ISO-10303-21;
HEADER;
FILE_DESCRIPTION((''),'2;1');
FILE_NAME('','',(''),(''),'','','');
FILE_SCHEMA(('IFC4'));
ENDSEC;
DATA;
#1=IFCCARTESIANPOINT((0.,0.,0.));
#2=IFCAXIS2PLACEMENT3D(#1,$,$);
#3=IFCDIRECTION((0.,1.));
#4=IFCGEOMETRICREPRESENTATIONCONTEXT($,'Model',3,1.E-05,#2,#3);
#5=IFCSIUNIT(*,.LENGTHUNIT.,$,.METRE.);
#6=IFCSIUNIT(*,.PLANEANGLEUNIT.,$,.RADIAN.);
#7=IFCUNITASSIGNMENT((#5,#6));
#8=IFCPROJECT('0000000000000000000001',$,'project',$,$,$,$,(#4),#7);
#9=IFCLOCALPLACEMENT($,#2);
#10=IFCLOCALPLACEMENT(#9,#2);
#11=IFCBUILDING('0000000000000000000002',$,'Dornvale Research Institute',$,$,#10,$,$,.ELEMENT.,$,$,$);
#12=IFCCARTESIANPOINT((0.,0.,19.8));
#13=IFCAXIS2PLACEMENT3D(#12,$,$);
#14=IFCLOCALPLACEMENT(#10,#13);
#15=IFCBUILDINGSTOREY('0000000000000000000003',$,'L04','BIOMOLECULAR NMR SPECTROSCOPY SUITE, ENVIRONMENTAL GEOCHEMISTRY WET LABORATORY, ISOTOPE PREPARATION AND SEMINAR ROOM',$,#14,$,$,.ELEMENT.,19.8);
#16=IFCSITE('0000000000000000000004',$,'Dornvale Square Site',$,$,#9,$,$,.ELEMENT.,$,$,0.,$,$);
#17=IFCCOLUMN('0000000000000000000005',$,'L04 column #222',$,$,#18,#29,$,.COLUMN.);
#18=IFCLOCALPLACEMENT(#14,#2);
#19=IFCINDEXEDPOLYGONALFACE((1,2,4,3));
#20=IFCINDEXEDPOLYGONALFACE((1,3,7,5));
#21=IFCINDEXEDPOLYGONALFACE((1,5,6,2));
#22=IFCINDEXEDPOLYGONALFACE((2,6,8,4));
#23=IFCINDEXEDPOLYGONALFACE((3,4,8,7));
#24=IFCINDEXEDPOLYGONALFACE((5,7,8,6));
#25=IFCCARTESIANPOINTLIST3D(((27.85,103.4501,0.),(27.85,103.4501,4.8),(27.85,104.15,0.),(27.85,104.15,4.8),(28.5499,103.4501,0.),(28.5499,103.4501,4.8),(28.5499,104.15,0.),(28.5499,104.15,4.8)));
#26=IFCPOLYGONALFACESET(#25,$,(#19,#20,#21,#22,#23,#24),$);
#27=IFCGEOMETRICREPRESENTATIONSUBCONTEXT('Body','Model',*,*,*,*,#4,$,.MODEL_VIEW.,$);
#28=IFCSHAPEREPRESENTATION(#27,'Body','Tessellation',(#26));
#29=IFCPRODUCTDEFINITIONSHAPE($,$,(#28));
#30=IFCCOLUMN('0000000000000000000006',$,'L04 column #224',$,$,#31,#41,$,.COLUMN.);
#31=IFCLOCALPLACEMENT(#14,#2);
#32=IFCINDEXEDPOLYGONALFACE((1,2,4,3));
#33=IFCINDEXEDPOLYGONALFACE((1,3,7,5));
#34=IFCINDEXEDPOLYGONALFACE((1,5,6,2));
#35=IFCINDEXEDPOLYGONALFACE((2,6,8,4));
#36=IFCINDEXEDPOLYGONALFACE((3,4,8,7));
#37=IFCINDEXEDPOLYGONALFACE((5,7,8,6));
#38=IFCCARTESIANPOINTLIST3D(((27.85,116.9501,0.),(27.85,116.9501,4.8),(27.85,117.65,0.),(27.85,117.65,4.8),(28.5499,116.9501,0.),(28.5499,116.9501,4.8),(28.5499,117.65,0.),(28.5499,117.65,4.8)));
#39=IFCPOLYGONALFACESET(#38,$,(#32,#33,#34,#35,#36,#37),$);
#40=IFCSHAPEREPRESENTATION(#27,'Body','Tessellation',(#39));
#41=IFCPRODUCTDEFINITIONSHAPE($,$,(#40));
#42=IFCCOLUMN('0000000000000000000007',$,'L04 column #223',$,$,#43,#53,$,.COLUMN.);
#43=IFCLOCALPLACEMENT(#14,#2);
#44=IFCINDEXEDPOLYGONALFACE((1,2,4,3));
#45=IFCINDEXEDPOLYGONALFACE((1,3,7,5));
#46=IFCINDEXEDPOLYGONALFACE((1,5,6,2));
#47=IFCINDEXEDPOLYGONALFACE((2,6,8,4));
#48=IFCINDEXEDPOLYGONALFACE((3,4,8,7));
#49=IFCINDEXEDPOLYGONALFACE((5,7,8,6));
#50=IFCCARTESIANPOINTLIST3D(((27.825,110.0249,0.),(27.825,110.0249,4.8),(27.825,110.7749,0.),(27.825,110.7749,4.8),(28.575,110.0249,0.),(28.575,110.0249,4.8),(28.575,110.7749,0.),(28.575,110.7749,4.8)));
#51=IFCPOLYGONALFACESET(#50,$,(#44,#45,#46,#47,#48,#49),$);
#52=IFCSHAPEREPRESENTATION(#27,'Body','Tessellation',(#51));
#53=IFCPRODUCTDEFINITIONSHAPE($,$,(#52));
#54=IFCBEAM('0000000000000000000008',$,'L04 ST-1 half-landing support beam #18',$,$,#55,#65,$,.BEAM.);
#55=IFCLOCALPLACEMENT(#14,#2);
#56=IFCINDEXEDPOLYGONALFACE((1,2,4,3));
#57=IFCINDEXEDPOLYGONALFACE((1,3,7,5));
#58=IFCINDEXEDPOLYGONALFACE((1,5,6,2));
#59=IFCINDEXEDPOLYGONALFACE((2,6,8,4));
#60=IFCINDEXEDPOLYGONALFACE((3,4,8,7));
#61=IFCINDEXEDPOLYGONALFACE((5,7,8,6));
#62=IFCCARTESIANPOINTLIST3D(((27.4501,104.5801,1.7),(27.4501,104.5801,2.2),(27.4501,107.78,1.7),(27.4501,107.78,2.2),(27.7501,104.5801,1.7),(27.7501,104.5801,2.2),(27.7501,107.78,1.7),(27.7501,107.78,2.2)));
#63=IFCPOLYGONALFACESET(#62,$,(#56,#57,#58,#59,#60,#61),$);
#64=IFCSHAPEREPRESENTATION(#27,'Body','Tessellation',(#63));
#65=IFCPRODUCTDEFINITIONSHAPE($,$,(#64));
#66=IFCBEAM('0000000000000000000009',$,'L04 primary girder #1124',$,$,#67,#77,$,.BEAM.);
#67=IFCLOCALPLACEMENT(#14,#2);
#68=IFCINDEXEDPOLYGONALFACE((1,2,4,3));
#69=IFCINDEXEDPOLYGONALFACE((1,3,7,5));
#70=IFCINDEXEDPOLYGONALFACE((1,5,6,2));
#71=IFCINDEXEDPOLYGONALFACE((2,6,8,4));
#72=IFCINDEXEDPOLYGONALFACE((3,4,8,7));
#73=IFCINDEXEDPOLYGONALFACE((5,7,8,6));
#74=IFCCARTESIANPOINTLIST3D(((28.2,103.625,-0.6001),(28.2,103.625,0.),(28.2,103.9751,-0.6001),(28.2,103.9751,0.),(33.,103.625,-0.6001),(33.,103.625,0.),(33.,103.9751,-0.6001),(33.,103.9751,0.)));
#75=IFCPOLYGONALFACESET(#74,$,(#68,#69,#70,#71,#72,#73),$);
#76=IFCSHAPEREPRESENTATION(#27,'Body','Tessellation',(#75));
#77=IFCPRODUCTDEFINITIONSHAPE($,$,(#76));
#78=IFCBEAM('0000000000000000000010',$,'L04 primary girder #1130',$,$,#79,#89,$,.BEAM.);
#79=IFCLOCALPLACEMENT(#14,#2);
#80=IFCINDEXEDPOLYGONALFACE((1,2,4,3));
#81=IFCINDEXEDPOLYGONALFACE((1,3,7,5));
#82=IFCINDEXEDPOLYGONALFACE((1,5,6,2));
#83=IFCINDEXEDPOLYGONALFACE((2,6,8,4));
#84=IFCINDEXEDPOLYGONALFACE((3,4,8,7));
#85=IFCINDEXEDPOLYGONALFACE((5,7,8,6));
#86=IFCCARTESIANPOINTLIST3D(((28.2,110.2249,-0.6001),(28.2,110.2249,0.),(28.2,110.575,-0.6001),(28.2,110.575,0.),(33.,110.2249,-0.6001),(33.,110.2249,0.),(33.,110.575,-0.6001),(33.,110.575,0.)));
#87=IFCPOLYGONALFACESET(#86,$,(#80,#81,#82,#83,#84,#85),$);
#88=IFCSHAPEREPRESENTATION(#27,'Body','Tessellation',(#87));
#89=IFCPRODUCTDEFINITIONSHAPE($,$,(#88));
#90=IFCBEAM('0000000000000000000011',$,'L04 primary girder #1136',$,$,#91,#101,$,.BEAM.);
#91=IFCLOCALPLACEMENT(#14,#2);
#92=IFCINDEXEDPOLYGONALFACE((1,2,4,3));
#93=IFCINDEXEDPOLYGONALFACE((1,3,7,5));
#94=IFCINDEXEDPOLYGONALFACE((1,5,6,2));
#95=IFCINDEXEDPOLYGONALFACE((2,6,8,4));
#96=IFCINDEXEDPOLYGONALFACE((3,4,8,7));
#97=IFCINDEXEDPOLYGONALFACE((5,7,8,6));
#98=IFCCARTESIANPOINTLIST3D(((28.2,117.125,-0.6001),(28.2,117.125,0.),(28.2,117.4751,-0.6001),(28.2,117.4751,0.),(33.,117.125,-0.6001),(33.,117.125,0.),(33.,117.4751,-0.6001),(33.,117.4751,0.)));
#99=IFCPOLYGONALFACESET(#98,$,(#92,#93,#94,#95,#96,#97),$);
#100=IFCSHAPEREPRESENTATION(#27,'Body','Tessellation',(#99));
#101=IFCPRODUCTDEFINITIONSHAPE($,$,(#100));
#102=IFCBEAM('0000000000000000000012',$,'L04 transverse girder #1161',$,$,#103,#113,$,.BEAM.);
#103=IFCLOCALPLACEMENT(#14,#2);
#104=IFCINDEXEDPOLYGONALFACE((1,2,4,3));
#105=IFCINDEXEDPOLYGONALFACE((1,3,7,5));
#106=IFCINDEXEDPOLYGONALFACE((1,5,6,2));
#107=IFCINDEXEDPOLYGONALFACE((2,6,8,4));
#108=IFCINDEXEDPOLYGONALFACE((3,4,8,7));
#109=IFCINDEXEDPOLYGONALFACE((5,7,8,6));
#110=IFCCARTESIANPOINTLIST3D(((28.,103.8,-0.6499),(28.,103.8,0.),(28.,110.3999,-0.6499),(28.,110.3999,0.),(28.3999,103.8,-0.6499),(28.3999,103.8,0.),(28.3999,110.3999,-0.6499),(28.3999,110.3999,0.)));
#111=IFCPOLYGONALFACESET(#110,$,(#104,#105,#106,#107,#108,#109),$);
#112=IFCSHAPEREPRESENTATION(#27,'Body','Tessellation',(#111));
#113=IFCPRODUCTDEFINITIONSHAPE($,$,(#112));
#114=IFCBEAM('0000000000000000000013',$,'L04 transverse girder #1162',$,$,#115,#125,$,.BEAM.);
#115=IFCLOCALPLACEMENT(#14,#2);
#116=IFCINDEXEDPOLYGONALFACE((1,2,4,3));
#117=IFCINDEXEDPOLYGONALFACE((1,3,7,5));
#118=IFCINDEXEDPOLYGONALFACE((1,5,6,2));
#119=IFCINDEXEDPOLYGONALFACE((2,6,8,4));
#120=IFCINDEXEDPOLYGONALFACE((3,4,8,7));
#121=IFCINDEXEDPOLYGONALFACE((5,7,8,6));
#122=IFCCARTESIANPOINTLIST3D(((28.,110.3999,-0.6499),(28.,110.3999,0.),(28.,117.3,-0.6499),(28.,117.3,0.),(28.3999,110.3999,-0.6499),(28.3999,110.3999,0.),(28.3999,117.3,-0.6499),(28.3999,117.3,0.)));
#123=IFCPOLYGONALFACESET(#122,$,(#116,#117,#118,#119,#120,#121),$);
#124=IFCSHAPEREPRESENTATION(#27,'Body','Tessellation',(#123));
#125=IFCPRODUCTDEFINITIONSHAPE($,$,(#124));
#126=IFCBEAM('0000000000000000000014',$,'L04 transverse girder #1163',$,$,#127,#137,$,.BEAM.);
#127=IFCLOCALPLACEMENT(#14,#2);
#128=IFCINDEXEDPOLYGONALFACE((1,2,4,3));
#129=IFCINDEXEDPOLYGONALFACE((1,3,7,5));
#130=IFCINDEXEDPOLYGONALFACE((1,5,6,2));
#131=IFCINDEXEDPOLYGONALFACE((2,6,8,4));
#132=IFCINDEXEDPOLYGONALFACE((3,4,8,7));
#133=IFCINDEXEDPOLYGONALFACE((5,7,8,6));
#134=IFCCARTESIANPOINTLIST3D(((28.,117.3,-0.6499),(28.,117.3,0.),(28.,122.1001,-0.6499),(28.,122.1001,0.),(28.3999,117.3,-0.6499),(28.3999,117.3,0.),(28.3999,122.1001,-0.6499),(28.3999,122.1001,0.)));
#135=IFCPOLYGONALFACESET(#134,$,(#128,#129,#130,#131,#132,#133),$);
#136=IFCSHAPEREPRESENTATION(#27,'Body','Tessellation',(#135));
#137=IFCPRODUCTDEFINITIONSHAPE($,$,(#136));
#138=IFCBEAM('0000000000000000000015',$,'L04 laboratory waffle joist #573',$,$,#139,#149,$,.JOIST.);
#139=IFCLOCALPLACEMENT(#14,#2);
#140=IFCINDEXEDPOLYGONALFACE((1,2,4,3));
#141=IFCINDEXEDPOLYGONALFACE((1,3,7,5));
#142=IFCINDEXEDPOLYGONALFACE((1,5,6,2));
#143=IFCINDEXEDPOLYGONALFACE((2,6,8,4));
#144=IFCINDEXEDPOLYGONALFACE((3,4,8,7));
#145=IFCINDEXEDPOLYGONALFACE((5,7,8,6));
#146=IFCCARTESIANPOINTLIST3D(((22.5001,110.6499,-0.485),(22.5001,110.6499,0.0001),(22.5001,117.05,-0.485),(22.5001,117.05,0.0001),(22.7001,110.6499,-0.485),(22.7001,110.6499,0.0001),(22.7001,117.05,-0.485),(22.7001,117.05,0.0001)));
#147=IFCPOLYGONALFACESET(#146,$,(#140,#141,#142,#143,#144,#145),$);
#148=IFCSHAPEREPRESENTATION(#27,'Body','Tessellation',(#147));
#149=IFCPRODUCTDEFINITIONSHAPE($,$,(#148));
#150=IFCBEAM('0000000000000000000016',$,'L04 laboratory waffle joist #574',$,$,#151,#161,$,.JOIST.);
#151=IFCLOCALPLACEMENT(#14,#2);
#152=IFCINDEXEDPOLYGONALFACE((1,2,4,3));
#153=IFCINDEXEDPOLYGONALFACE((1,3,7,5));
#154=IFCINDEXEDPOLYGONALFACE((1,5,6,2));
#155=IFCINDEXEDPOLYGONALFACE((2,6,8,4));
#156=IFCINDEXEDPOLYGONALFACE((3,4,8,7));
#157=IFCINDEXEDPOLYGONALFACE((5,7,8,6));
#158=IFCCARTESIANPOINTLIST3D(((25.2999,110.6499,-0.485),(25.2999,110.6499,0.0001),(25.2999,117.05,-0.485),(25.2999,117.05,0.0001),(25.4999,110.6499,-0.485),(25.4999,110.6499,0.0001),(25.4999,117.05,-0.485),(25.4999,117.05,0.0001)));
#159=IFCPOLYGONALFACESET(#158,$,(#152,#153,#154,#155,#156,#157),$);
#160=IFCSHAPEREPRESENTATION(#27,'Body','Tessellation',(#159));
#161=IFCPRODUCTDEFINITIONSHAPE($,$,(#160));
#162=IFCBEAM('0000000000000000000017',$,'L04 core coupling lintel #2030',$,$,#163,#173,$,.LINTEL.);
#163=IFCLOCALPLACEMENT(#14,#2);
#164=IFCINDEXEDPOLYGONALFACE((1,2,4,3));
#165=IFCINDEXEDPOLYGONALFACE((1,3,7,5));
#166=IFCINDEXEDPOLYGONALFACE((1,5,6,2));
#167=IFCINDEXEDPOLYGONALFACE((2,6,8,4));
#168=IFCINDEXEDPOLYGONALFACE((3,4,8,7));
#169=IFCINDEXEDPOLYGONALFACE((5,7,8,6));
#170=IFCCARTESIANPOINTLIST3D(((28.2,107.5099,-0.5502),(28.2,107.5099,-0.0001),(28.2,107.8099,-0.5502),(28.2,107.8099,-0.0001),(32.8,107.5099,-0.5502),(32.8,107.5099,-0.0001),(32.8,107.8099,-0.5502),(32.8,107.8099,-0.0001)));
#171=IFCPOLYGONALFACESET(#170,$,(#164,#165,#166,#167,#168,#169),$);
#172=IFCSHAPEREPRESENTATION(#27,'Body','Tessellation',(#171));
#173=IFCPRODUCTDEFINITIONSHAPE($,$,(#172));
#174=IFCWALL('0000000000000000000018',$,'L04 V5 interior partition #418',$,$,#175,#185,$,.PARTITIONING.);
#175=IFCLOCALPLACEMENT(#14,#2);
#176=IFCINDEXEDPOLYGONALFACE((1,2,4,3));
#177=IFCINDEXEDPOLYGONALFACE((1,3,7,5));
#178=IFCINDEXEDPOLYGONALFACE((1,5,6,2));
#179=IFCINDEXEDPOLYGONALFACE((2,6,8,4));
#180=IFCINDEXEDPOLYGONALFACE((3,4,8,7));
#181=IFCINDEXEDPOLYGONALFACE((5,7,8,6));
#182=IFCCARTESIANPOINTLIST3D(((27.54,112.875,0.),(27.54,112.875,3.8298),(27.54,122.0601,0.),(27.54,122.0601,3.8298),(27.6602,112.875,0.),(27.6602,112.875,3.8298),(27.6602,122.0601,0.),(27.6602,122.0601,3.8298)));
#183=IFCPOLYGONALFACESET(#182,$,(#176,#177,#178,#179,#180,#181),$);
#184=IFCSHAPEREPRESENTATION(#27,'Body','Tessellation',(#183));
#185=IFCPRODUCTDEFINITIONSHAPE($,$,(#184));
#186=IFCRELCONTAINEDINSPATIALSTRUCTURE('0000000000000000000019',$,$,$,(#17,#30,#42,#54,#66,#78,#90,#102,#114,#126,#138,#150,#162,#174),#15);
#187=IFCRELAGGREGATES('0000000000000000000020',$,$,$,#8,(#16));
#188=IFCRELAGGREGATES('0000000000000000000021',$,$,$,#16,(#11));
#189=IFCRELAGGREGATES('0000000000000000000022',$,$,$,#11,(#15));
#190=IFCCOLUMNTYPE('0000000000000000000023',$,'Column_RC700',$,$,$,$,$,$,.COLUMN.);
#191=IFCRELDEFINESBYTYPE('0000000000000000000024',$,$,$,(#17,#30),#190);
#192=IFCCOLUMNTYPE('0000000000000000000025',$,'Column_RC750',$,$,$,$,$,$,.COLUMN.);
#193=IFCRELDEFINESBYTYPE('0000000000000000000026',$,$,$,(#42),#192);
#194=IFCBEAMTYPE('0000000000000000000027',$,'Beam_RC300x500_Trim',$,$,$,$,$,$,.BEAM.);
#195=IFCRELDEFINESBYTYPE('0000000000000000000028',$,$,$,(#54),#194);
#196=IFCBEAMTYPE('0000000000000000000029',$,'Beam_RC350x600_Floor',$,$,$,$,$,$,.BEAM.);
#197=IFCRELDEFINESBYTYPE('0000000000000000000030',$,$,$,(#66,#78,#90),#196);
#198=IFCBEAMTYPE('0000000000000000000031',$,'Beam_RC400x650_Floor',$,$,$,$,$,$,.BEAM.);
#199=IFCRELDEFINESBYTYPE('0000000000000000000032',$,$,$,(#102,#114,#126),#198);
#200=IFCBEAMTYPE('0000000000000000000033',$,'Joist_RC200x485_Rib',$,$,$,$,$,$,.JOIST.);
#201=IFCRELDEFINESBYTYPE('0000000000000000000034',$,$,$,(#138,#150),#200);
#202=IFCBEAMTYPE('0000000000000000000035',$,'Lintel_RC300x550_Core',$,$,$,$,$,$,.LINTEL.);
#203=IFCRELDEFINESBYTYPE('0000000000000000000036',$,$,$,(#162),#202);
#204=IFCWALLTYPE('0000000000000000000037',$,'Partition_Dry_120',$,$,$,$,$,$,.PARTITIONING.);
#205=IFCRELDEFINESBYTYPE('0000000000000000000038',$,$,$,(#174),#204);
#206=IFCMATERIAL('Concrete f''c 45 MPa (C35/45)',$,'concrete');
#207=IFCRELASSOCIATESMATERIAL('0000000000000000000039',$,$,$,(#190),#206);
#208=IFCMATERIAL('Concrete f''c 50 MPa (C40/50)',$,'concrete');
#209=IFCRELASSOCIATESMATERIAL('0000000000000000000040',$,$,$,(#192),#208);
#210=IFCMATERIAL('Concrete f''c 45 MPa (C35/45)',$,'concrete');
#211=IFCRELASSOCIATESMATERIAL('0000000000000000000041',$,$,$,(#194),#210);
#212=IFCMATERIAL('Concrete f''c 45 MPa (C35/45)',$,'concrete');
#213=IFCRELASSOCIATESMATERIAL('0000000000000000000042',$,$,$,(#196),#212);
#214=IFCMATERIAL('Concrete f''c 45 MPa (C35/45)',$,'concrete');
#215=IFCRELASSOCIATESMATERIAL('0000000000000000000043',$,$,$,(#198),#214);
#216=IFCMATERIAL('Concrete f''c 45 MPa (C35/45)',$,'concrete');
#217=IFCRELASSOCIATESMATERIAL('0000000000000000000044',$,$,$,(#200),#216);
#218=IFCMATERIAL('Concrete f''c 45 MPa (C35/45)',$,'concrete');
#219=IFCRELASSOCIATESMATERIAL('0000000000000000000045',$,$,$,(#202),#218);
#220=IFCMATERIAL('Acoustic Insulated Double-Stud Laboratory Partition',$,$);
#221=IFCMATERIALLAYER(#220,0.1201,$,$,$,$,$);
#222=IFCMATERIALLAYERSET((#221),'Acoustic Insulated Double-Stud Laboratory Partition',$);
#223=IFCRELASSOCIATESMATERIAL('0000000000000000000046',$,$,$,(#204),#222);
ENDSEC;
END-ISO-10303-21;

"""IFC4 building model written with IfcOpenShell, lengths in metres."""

from ifc_helpers import new_model, si_unit, direction, frame, frame_2d, origin, origin_2d, place, context, subcontext, project, spatial, rectangle, extrude, material, layer, layer_set, material_profile, profile_set, type_object, element, save


model = new_model("IFC4")

# Units and contexts
model_context = context("Model", 3, precision=1e-05, world=origin(), true_north=direction((0.0, 1.0)))
body_context = subcontext(model_context, "Body", "Model", "MODEL_VIEW")
ifc_project = project(units=[si_unit("LENGTHUNIT", "METRE"), si_unit("PLANEANGLEUNIT", "RADIAN")], contexts=[model_context])

# Site, building, storey
site_placement = place(None, origin())
site = spatial("IfcSite", under=ifc_project, at=site_placement, Name="Dornvale Square Site", CompositionType="ELEMENT", RefElevation=0.0)
building_placement = place(site_placement, origin())
building = spatial("IfcBuilding", under=site, at=building_placement, Name="Dornvale Research Institute", CompositionType="ELEMENT")
storey_placement = place(building_placement, frame((0.0, 0.0, 19.8)))
storey = spatial("IfcBuildingStorey", under=building, at=storey_placement, Name="L04", Description="BIOMOLECULAR NMR SPECTROSCOPY SUITE, ENVIRONMENTAL GEOCHEMISTRY WET LABORATORY, ISOTOPE PREPARATION AND SEMINAR ROOM", CompositionType="ELEMENT", Elevation=19.8)

# Columns
ifc_material_1 = material(Name="Concrete f'c 45 MPa (C35/45)", Category="concrete")
ifc_material_profile_1 = material_profile(ifc_material_1, rectangle(XDim=0.7, YDim=0.7, at=origin_2d()), Name="RC 700x700")
ifc_profile_set_1 = profile_set([ifc_material_profile_1], Name="Concrete f'c 45 MPa (C35/45)")
column_type_1 = type_object("IfcColumnType", Name="Column_RC700", PredefinedType="COLUMN", material=ifc_profile_set_1)
for number, where, z_axis, x_axis, name in (
    (1, (28.2, 103.8, 0.0), (0.0, 0.0, 1.0), (1.0, 0.0, 0.0), "L04 column #222"),
    (2, (28.2, 117.3, 0.0), (0.0, 0.0, 1.0), (1.0, 0.0, 0.0), "L04 column #224"),
):
    element("IfcColumn", number, at=place(storey_placement, frame(where, z_axis=z_axis, x_axis=x_axis)), inside=storey, type_object=column_type_1, Name=name, PredefinedType="COLUMN", context=body_context, shape_type="SweptSolid", body=[
        extrude(rectangle(XDim=0.7, YDim=0.7, at=origin_2d()), origin(), (0.0, 0.0, 1.0), 4.8),
    ])
ifc_material_2 = material(Name="Concrete f'c 50 MPa (C40/50)", Category="concrete")
ifc_material_profile_2 = material_profile(ifc_material_2, rectangle(XDim=0.75, YDim=0.75, at=origin_2d()), Name="RC 750x750")
ifc_profile_set_2 = profile_set([ifc_material_profile_2], Name="Concrete f'c 50 MPa (C40/50)")
column_type_2 = type_object("IfcColumnType", Name="Column_RC750", PredefinedType="COLUMN", material=ifc_profile_set_2)
column_placement = place(storey_placement, frame((28.2, 110.3999, 0.0), z_axis=(0.0, 0.0, 1.0), x_axis=(1.0, 0.0, 0.0)))
element("IfcColumn", 3, at=column_placement, inside=storey, type_object=column_type_2, Name="L04 column #223", PredefinedType="COLUMN", context=body_context, shape_type="SweptSolid", body=[
    extrude(rectangle(XDim=0.75, YDim=0.75, at=origin_2d()), origin(), (0.0, 0.0, 1.0), 4.8),
])

# Beams
ifc_material_3 = material(Name="Concrete f'c 45 MPa (C35/45)", Category="concrete")
ifc_material_profile_3 = material_profile(ifc_material_3, rectangle(XDim=0.3, YDim=0.5, at=origin_2d()), Name="RC 300x500")
ifc_profile_set_3 = profile_set([ifc_material_profile_3], Name="Concrete f'c 45 MPa (C35/45)")
beam_type_1 = type_object("IfcBeamType", Name="Beam_RC300x500_Trim", PredefinedType="BEAM", material=ifc_profile_set_3)
beam_1_placement = place(storey_placement, frame((27.6001, 104.5801, 1.95), z_axis=(0.0, 1.0, 0.0), x_axis=(-1.0, 0.0, 0.0)))
element("IfcBeam", 4, at=beam_1_placement, inside=storey, type_object=beam_type_1, Name="L04 ST-1 half-landing support beam #18", PredefinedType="BEAM", context=body_context, shape_type="SweptSolid", body=[
    extrude(rectangle(XDim=0.3, YDim=0.5, at=origin_2d()), origin(), (0.0, 0.0, 1.0), 3.2),
])
ifc_material_4 = material(Name="Concrete f'c 45 MPa (C35/45)", Category="concrete")
ifc_material_profile_4 = material_profile(ifc_material_4, rectangle(XDim=0.3501, YDim=0.6001, at=origin_2d()), Name="RC 350x600")
ifc_profile_set_4 = profile_set([ifc_material_profile_4], Name="Concrete f'c 45 MPa (C35/45)")
beam_type_2 = type_object("IfcBeamType", Name="Beam_RC350x600_Floor", PredefinedType="BEAM", material=ifc_profile_set_4)
for number, where, z_axis, x_axis, name in (
    (5, (28.2, 103.8, -0.3), (1.0, 0.0, 0.0), (0.0, 1.0, 0.0), "L04 primary girder #1124"),
    (6, (28.2, 110.3999, -0.3), (1.0, 0.0, 0.0), (0.0, 1.0, 0.0), "L04 primary girder #1130"),
    (7, (28.2, 117.3, -0.3), (1.0, 0.0, 0.0), (0.0, 1.0, 0.0), "L04 primary girder #1136"),
):
    element("IfcBeam", number, at=place(storey_placement, frame(where, z_axis=z_axis, x_axis=x_axis)), inside=storey, type_object=beam_type_2, Name=name, PredefinedType="BEAM", context=body_context, shape_type="SweptSolid", body=[
        extrude(rectangle(XDim=0.3501, YDim=0.6001, at=origin_2d()), origin(), (0.0, 0.0, 1.0), 4.8),
    ])
ifc_material_5 = material(Name="Concrete f'c 45 MPa (C35/45)", Category="concrete")
ifc_material_profile_5 = material_profile(ifc_material_5, rectangle(XDim=0.3999, YDim=0.6499, at=origin_2d()), Name="RC 400x650")
ifc_profile_set_5 = profile_set([ifc_material_profile_5], Name="Concrete f'c 45 MPa (C35/45)")
beam_type_3 = type_object("IfcBeamType", Name="Beam_RC400x650_Floor", PredefinedType="BEAM", material=ifc_profile_set_5)
beam_2_placement = place(storey_placement, frame((28.2, 103.8, -0.325), z_axis=(0.0, 1.0, 0.0), x_axis=(-1.0, 0.0, 0.0)))
element("IfcBeam", 8, at=beam_2_placement, inside=storey, type_object=beam_type_3, Name="L04 transverse girder #1161", PredefinedType="BEAM", context=body_context, shape_type="SweptSolid", body=[
    extrude(rectangle(XDim=0.3999, YDim=0.6499, at=origin_2d()), origin(), (0.0, 0.0, 1.0), 6.5999),
])
beam_3_placement = place(storey_placement, frame((28.2, 110.3999, -0.325), z_axis=(0.0, 1.0, 0.0), x_axis=(-1.0, 0.0, 0.0)))
element("IfcBeam", 9, at=beam_3_placement, inside=storey, type_object=beam_type_3, Name="L04 transverse girder #1162", PredefinedType="BEAM", context=body_context, shape_type="SweptSolid", body=[
    extrude(rectangle(XDim=0.3999, YDim=0.6499, at=origin_2d()), origin(), (0.0, 0.0, 1.0), 6.9001),
])
beam_4_placement = place(storey_placement, frame((28.2, 117.3, -0.325), z_axis=(0.0, 1.0, 0.0), x_axis=(-1.0, 0.0, 0.0)))
element("IfcBeam", 10, at=beam_4_placement, inside=storey, type_object=beam_type_3, Name="L04 transverse girder #1163", PredefinedType="BEAM", context=body_context, shape_type="SweptSolid", body=[
    extrude(rectangle(XDim=0.3999, YDim=0.6499, at=origin_2d()), origin(), (0.0, 0.0, 1.0), 4.8),
])
ifc_material_6 = material(Name="Concrete f'c 45 MPa (C35/45)", Category="concrete")
ifc_material_profile_6 = material_profile(ifc_material_6, rectangle(XDim=0.2, YDim=0.4851, at=origin_2d()), Name="RC 200x485")
ifc_profile_set_6 = profile_set([ifc_material_profile_6], Name="Concrete f'c 45 MPa (C35/45)")
beam_type_4 = type_object("IfcBeamType", Name="Joist_RC200x485_Rib", PredefinedType="JOIST", material=ifc_profile_set_6)
for number, where, z_axis, x_axis, name in (
    (11, (22.6001, 110.6499, -0.2424), (0.0, 1.0, 0.0), (-1.0, 0.0, 0.0), "L04 laboratory waffle joist #573"),
    (12, (25.3999, 110.6499, -0.2424), (0.0, 1.0, 0.0), (-1.0, 0.0, 0.0), "L04 laboratory waffle joist #574"),
):
    element("IfcBeam", number, at=place(storey_placement, frame(where, z_axis=z_axis, x_axis=x_axis)), inside=storey, type_object=beam_type_4, Name=name, PredefinedType="JOIST", context=body_context, shape_type="SweptSolid", body=[
        extrude(rectangle(XDim=0.2, YDim=0.4851, at=origin_2d()), origin(), (0.0, 0.0, 1.0), 6.4001),
    ])
ifc_material_7 = material(Name="Concrete f'c 45 MPa (C35/45)", Category="concrete")
ifc_material_profile_7 = material_profile(ifc_material_7, rectangle(XDim=0.3, YDim=0.55, at=origin_2d()), Name="RC 300x550")
ifc_profile_set_7 = profile_set([ifc_material_profile_7], Name="Concrete f'c 45 MPa (C35/45)")
beam_type_5 = type_object("IfcBeamType", Name="Lintel_RC300x550_Core", PredefinedType="LINTEL", material=ifc_profile_set_7)
beam_5_placement = place(storey_placement, frame((28.2, 107.6599, -0.2751), z_axis=(1.0, 0.0, 0.0), x_axis=(0.0, 1.0, 0.0)))
element("IfcBeam", 13, at=beam_5_placement, inside=storey, type_object=beam_type_5, Name="L04 core coupling lintel #2030", PredefinedType="LINTEL", context=body_context, shape_type="SweptSolid", body=[
    extrude(rectangle(XDim=0.3, YDim=0.55, at=origin_2d()), origin(), (0.0, 0.0, 1.0), 4.6001),
])

# Wall
ifc_material_8 = material(Name="Acoustic Insulated Double-Stud Laboratory Partition")
ifc_layer_1 = layer(ifc_material_8, 0.1201)
ifc_layer_set_1 = layer_set([ifc_layer_1], Name="Acoustic Insulated Double-Stud Laboratory Partition")
wall_type_1 = type_object("IfcWallType", Name="Partition_Dry_120", PredefinedType="PARTITIONING", material=ifc_layer_set_1)
wall_1_placement = place(storey_placement, frame((27.6001, 112.875, 0.0), z_axis=(0.0, 0.0, 1.0), x_axis=(0.0, 1.0, 0.0)))
element("IfcWall", 14, at=wall_1_placement, inside=storey, type_object=wall_type_1, Name="L04 V5 interior partition #418", PredefinedType="PARTITIONING", context=body_context, shape_type="SweptSolid", body=[
    extrude(rectangle(XDim=9.1851, YDim=0.1201, at=frame_2d((4.5925, 0.0))), origin(), (0.0, 0.0, 1.0), 3.8298),
])

save(model, "model.ifc")
